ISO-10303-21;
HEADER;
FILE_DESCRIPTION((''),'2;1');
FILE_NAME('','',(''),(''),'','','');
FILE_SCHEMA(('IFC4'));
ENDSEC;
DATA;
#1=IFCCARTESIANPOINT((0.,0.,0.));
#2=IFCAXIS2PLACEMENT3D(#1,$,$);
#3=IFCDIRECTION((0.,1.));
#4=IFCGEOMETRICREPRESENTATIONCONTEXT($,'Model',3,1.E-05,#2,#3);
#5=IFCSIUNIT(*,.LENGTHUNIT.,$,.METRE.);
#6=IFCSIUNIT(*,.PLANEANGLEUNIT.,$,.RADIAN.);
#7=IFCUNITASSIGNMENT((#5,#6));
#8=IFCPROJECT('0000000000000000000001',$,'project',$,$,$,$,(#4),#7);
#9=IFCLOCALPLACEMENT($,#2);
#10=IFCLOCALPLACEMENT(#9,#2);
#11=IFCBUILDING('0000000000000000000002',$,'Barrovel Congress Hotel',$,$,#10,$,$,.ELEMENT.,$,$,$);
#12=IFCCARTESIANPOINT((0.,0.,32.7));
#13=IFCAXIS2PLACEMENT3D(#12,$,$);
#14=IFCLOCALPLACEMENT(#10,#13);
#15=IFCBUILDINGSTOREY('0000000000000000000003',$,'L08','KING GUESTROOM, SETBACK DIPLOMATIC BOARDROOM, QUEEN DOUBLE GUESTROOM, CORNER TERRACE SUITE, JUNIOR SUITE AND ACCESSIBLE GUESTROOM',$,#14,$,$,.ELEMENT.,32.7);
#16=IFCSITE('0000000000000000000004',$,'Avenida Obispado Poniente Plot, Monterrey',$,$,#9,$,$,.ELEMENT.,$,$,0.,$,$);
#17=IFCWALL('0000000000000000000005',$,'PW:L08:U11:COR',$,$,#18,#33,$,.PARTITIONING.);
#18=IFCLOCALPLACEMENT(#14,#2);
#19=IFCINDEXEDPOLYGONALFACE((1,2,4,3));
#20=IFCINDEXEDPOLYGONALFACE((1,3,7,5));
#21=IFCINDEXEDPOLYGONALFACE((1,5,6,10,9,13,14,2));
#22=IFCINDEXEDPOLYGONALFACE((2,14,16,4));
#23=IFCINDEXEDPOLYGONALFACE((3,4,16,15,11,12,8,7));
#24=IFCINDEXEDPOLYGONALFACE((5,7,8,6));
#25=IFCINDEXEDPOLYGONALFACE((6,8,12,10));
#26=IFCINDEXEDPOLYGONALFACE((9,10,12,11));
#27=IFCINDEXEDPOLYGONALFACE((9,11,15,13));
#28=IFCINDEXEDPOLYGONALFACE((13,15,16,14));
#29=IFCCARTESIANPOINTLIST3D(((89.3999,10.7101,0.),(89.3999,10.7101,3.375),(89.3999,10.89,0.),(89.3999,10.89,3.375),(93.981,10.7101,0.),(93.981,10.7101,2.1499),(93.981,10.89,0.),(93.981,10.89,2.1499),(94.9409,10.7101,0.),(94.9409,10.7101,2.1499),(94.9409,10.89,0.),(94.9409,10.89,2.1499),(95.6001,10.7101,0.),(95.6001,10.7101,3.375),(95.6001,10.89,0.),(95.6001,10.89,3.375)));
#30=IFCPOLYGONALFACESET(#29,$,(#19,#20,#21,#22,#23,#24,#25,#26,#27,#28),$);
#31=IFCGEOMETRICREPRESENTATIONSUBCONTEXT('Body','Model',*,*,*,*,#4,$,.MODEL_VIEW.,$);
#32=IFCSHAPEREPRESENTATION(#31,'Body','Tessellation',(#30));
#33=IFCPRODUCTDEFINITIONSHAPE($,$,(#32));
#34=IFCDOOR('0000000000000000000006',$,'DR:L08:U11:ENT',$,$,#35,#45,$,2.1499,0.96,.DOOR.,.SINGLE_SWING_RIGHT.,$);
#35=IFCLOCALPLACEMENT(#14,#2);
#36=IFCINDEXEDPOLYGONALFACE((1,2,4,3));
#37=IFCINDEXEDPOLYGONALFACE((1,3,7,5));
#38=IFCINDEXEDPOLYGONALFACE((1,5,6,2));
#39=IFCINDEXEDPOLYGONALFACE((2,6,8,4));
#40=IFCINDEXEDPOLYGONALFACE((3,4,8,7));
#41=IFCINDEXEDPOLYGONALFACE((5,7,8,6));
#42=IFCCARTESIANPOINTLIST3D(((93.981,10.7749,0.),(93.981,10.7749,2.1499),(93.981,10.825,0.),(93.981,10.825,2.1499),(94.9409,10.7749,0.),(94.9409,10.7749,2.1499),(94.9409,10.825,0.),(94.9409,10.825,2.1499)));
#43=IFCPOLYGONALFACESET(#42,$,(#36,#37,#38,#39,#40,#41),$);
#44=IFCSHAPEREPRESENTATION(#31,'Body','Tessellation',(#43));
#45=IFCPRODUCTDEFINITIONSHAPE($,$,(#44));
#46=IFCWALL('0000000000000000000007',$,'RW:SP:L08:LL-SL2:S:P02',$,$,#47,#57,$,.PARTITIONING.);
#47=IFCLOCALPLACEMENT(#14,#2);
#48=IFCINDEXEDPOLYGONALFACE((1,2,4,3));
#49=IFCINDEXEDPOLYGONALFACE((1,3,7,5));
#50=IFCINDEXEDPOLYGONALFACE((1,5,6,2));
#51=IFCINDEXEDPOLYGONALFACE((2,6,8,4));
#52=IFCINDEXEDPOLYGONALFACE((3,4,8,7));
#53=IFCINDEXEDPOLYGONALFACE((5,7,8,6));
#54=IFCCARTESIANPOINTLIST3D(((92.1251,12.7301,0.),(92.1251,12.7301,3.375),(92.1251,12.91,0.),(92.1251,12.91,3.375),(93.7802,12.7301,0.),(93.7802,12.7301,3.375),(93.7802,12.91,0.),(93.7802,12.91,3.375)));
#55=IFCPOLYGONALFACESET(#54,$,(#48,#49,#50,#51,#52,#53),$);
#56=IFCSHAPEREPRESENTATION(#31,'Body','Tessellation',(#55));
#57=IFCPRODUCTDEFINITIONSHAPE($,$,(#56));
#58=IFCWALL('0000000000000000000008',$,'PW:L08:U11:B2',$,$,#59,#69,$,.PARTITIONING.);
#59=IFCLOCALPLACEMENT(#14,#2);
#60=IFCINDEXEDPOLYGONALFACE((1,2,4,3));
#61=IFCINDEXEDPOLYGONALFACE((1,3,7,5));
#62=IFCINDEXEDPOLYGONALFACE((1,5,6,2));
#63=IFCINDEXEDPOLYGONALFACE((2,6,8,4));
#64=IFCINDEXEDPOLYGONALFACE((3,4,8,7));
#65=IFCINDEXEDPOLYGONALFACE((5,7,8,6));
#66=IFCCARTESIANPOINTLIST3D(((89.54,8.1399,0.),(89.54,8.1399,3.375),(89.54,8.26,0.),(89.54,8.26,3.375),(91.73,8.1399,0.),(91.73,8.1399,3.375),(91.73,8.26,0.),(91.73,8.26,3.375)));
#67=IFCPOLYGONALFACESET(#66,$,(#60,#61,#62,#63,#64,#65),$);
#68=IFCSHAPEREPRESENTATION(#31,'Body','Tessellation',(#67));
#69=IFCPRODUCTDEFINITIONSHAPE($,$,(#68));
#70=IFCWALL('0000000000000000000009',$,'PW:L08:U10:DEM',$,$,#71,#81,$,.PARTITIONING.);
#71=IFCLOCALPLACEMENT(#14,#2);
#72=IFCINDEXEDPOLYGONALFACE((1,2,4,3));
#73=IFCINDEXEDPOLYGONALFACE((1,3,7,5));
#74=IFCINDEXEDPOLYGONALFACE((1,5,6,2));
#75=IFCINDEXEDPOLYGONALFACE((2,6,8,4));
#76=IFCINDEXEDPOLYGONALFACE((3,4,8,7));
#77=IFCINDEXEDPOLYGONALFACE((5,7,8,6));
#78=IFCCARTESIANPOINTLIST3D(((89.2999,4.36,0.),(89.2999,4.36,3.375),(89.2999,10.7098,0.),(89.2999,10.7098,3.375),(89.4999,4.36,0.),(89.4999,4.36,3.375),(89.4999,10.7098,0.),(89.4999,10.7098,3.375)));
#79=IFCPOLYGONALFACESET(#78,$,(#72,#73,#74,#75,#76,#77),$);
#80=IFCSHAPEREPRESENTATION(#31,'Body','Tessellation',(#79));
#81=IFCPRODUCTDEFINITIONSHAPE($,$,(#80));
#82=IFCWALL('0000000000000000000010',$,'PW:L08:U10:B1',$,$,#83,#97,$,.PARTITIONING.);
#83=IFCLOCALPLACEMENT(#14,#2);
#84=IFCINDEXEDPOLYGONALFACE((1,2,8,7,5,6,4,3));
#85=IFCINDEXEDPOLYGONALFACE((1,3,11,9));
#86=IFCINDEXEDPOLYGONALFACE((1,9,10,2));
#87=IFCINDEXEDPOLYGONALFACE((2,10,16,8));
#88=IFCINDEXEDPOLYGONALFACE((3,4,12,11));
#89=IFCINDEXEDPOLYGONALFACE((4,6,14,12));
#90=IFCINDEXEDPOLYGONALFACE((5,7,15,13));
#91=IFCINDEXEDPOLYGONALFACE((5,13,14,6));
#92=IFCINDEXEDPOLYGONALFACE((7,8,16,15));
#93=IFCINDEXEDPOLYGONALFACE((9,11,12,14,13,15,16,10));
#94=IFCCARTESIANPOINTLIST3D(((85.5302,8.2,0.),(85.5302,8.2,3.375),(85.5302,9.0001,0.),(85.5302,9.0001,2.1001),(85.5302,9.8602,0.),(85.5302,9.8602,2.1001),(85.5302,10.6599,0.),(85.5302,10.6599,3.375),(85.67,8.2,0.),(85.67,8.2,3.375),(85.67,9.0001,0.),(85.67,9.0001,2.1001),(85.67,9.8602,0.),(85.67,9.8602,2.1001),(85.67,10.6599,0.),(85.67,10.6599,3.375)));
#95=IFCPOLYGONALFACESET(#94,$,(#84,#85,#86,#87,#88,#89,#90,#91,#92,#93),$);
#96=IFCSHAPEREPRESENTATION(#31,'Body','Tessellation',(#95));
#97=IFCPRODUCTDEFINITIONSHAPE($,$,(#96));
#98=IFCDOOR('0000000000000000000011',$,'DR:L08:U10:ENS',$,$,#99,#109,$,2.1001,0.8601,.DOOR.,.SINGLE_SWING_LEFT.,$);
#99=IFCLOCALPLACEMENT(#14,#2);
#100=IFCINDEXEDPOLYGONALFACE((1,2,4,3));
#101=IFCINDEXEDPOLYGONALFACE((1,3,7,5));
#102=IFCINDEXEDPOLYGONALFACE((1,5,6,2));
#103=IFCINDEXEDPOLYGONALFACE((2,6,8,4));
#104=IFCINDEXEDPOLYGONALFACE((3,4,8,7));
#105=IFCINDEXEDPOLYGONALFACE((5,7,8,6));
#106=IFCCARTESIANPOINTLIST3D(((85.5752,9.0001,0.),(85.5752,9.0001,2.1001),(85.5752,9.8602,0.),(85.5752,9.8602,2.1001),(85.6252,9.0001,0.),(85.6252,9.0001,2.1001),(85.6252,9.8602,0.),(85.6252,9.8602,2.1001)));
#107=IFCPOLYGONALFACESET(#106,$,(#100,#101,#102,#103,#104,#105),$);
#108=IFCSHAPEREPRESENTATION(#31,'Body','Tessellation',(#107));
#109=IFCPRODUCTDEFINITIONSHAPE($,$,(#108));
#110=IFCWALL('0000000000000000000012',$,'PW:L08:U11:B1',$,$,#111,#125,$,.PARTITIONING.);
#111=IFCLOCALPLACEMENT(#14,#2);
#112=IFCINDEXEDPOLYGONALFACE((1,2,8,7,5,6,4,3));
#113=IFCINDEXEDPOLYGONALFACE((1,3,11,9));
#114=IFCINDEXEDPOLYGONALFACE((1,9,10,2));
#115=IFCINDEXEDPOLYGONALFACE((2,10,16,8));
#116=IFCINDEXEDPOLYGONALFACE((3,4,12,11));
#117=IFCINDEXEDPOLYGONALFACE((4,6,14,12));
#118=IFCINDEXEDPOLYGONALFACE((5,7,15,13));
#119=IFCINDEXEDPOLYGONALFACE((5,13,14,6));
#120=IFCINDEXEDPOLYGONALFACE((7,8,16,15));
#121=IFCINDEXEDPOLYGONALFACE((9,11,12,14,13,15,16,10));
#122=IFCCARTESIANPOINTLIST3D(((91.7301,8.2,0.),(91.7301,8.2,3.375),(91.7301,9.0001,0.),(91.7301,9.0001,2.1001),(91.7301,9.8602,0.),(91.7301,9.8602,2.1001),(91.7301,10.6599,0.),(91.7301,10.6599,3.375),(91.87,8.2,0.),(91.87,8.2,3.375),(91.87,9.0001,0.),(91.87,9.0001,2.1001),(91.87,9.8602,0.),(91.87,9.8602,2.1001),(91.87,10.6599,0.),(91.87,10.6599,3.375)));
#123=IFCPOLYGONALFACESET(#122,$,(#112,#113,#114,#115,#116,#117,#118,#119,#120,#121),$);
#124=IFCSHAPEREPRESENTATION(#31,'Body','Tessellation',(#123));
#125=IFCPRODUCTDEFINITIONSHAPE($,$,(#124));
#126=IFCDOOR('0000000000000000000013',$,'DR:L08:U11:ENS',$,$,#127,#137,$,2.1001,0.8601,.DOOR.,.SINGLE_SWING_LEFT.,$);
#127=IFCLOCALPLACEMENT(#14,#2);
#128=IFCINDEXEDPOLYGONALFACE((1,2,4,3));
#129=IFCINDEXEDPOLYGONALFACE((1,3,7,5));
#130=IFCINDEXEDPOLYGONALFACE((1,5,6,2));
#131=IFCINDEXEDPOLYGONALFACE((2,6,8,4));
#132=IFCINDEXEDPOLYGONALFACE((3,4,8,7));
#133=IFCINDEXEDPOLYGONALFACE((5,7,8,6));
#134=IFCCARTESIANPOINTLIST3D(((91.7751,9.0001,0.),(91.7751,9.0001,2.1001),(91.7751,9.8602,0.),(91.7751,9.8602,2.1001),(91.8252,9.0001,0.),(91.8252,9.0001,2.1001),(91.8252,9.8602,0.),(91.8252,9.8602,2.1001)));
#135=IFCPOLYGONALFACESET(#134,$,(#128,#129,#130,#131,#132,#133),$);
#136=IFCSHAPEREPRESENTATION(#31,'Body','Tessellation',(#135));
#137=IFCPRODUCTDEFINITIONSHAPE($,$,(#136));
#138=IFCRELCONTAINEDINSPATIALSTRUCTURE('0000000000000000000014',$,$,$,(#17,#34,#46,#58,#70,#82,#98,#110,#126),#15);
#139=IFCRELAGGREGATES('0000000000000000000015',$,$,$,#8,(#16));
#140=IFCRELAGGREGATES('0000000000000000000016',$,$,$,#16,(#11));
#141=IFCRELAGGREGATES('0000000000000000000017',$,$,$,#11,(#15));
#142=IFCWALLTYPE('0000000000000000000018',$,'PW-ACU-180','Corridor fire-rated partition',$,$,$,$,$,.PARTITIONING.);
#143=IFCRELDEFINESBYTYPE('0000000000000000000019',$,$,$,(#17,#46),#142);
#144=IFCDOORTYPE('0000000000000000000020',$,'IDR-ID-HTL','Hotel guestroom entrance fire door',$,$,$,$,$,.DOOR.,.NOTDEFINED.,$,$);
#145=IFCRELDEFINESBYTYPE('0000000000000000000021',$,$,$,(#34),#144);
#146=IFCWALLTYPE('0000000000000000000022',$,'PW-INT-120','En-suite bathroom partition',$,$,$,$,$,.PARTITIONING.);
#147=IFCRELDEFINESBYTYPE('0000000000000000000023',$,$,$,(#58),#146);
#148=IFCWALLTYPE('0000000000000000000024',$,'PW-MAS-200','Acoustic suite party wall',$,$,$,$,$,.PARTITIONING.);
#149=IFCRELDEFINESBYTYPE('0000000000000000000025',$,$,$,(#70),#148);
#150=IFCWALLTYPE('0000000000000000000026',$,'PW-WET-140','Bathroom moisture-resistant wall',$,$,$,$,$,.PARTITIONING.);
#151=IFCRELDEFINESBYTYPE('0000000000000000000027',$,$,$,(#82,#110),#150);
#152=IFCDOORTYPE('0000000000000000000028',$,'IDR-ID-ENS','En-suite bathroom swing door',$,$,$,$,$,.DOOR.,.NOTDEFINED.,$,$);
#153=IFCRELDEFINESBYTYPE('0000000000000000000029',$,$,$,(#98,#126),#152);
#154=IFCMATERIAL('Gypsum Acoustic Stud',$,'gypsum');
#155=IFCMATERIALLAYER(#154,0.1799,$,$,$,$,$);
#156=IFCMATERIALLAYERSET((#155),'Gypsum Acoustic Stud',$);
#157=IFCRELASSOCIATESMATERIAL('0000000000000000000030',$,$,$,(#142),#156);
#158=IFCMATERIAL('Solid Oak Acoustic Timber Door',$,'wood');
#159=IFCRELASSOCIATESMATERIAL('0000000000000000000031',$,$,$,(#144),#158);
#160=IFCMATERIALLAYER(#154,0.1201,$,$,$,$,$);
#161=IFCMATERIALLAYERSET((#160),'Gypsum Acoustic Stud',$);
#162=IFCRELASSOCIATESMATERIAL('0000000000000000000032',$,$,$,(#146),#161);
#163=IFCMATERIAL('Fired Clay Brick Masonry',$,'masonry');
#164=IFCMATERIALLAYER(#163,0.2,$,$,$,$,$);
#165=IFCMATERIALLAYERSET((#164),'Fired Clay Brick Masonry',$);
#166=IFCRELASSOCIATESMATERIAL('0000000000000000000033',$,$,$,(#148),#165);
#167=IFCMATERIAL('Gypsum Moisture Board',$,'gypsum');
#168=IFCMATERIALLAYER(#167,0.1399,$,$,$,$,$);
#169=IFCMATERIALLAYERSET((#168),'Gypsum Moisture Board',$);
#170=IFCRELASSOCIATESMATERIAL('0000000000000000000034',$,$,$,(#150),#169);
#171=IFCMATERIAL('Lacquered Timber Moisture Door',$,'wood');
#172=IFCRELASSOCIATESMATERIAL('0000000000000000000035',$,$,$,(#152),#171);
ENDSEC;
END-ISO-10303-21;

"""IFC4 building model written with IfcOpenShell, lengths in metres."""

from ifc_helpers import new_model, si_unit, direction, frame, frame_2d, origin, place, context, subcontext, project, spatial, rectangle, extrude, material, layer, layer_set, type_object, element, fill, save


model = new_model("IFC4")

# Units and contexts
model_context = context("Model", 3, precision=1e-05, world=origin(), true_north=direction((0.0, 1.0)))
body_context = subcontext(model_context, "Body", "Model", "MODEL_VIEW")
ifc_project = project(units=[si_unit("LENGTHUNIT", "METRE"), si_unit("PLANEANGLEUNIT", "RADIAN")], contexts=[model_context])

# Site, building, storey
site_placement = place(None, origin())
site = spatial("IfcSite", under=ifc_project, at=site_placement, Name="Avenida Obispado Poniente Plot, Monterrey", CompositionType="ELEMENT", RefElevation=0.0)
building_placement = place(site_placement, origin())
building = spatial("IfcBuilding", under=site, at=building_placement, Name="Barrovel Congress Hotel", CompositionType="ELEMENT")
storey_placement = place(building_placement, frame((0.0, 0.0, 32.7)))
storey = spatial("IfcBuildingStorey", under=building, at=storey_placement, Name="L08", Description="KING GUESTROOM, SETBACK DIPLOMATIC BOARDROOM, QUEEN DOUBLE GUESTROOM, CORNER TERRACE SUITE, JUNIOR SUITE AND ACCESSIBLE GUESTROOM", CompositionType="ELEMENT", Elevation=32.7)

# Shared definitions
ifc_material_1 = material(Name="Fired Clay Brick Masonry", Category="masonry")

# Wall, opening, door
ifc_material_2 = material(Name="Gypsum Acoustic Stud", Category="gypsum")
ifc_layer_1 = layer(ifc_material_2, 0.1799)
ifc_layer_set_1 = layer_set([ifc_layer_1], Name="Gypsum Acoustic Stud")
wall_type_1 = type_object("IfcWallType", Name="PW-ACU-180", Description="Corridor fire-rated partition", PredefinedType="PARTITIONING", material=ifc_layer_set_1)
wall_1_placement = place(storey_placement, frame((89.3999, 10.8, 0.0), z_axis=(0.0, 0.0, 1.0), x_axis=(1.0, 0.0, 0.0)))
wall_1 = element("IfcWall", 1, at=wall_1_placement, inside=storey, type_object=wall_type_1, Name="PW:L08:U11:COR", PredefinedType="PARTITIONING", context=body_context, shape_type="SweptSolid", body=[
    extrude(rectangle(XDim=6.2002, YDim=0.1799, at=frame_2d((3.1001, 0.0))), origin(), (0.0, 0.0, 1.0), 3.375),
])
opening_1_placement = place(wall_1_placement, frame((4.5811, 0.0, 0.0)))
opening_1 = element("IfcOpeningElement", 2, at=opening_1_placement, cuts=wall_1, PredefinedType="OPENING", context=body_context, shape_type="SweptSolid", body=[
    extrude(rectangle(XDim=0.96, YDim=2.1499, at=frame_2d((0.48, 1.075))), frame((0.0, 0.1001, 0.0), z_axis=(0.0, -1.0, 0.0), x_axis=(1.0, 0.0, 0.0)), (0.0, 0.0, 1.0), 0.2),
])
ifc_material_3 = material(Name="Solid Oak Acoustic Timber Door", Category="wood")
door_type_1 = type_object("IfcDoorType", Name="IDR-ID-HTL", Description="Hotel guestroom entrance fire door", OperationType="NOTDEFINED", PredefinedType="DOOR", material=ifc_material_3)
door_1_placement = place(opening_1_placement, origin())
door_1 = element("IfcDoor", 3, at=door_1_placement, inside=storey, type_object=door_type_1, Name="DR:L08:U11:ENT", OperationType="SINGLE_SWING_RIGHT", OverallHeight=2.1499, OverallWidth=0.96, PredefinedType="DOOR", context=body_context, shape_type="SweptSolid", body=[
    extrude(rectangle(XDim=0.96, YDim=2.1499, at=frame_2d((0.48, 1.075))), frame((0.0, 0.0249, 0.0), z_axis=(0.0, -1.0, 0.0), x_axis=(1.0, 0.0, 0.0)), (0.0, 0.0, 1.0), 0.05),
])
fill(opening_1, door_1)

# Walls
wall_2_placement = place(storey_placement, frame((92.125, 12.8201, 0.0), z_axis=(0.0, 0.0, 1.0), x_axis=(1.0, 0.0, 0.0)))
element("IfcWall", 4, at=wall_2_placement, inside=storey, type_object=wall_type_1, Name="RW:SP:L08:LL-SL2:S:P02", PredefinedType="PARTITIONING", context=body_context, shape_type="SweptSolid", body=[
    extrude(rectangle(XDim=1.655, YDim=0.1799, at=frame_2d((0.8276, 0.0))), origin(), (0.0, 0.0, 1.0), 3.375),
])
ifc_layer_2 = layer(ifc_material_2, 0.1201)
ifc_layer_set_2 = layer_set([ifc_layer_2], Name="Gypsum Acoustic Stud")
wall_type_2 = type_object("IfcWallType", Name="PW-INT-120", Description="En-suite bathroom partition", PredefinedType="PARTITIONING", material=ifc_layer_set_2)
wall_3_placement = place(storey_placement, frame((89.54, 8.2, 0.0), z_axis=(0.0, 0.0, 1.0), x_axis=(1.0, 0.0, 0.0)))
element("IfcWall", 5, at=wall_3_placement, inside=storey, type_object=wall_type_2, Name="PW:L08:U11:B2", PredefinedType="PARTITIONING", context=body_context, shape_type="SweptSolid", body=[
    extrude(rectangle(XDim=2.1899, YDim=0.1201, at=frame_2d((1.095, 0.0))), origin(), (0.0, 0.0, 1.0), 3.375),
])
ifc_layer_3 = layer(ifc_material_1, 0.2)
ifc_layer_set_3 = layer_set([ifc_layer_3], Name="Fired Clay Brick Masonry")
wall_type_3 = type_object("IfcWallType", Name="PW-MAS-200", Description="Acoustic suite party wall", PredefinedType="PARTITIONING", material=ifc_layer_set_3)
wall_4_placement = place(storey_placement, frame((89.3999, 4.3601, 0.0), z_axis=(0.0, 0.0, 1.0), x_axis=(0.0, 1.0, 0.0)))
element("IfcWall", 6, at=wall_4_placement, inside=storey, type_object=wall_type_3, Name="PW:L08:U10:DEM", PredefinedType="PARTITIONING", context=body_context, shape_type="SweptSolid", body=[
    extrude(rectangle(XDim=6.3499, YDim=0.2, at=frame_2d((3.1748, 0.0))), origin(), (0.0, 0.0, 1.0), 3.375),
])

# Walls, openings, doors
ifc_material_4 = material(Name="Gypsum Moisture Board", Category="gypsum")
ifc_layer_4 = layer(ifc_material_4, 0.1399)
ifc_layer_set_4 = layer_set([ifc_layer_4], Name="Gypsum Moisture Board")
wall_type_4 = type_object("IfcWallType", Name="PW-WET-140", Description="Bathroom moisture-resistant wall", PredefinedType="PARTITIONING", material=ifc_layer_set_4)
wall_5_placement = place(storey_placement, frame((85.6001, 8.2, 0.0), z_axis=(0.0, 0.0, 1.0), x_axis=(0.0, 1.0, 0.0)))
wall_5 = element("IfcWall", 7, at=wall_5_placement, inside=storey, type_object=wall_type_4, Name="PW:L08:U10:B1", PredefinedType="PARTITIONING", context=body_context, shape_type="SweptSolid", body=[
    extrude(rectangle(XDim=2.46, YDim=0.1399, at=frame_2d((1.23, 0.0))), origin(), (0.0, 0.0, 1.0), 3.375),
])
opening_2_placement = place(wall_5_placement, frame((0.8, 0.0, 0.0)))
opening_2 = element("IfcOpeningElement", 8, at=opening_2_placement, cuts=wall_5, PredefinedType="OPENING", context=body_context, shape_type="SweptSolid", body=[
    extrude(rectangle(XDim=0.8601, YDim=2.1001, at=frame_2d((0.4302, 1.05))), frame((0.0, 0.0801, 0.0), z_axis=(0.0, -1.0, 0.0), x_axis=(1.0, 0.0, 0.0)), (0.0, 0.0, 1.0), 0.1599),
])
ifc_material_5 = material(Name="Lacquered Timber Moisture Door", Category="wood")
door_type_2 = type_object("IfcDoorType", Name="IDR-ID-ENS", Description="En-suite bathroom swing door", OperationType="NOTDEFINED", PredefinedType="DOOR", material=ifc_material_5)
door_2_placement = place(opening_2_placement, origin())
door_2 = element("IfcDoor", 9, at=door_2_placement, inside=storey, type_object=door_type_2, Name="DR:L08:U10:ENS", OperationType="SINGLE_SWING_LEFT", OverallHeight=2.1001, OverallWidth=0.8601, PredefinedType="DOOR", context=body_context, shape_type="SweptSolid", body=[
    extrude(rectangle(XDim=0.8601, YDim=2.1001, at=frame_2d((0.4302, 1.05))), frame((0.0, 0.0249, 0.0), z_axis=(0.0, -1.0, 0.0), x_axis=(1.0, 0.0, 0.0)), (0.0, 0.0, 1.0), 0.05),
])
fill(opening_2, door_2)
wall_6_placement = place(storey_placement, frame((91.8, 8.2, 0.0), z_axis=(0.0, 0.0, 1.0), x_axis=(0.0, 1.0, 0.0)))
wall_6 = element("IfcWall", 10, at=wall_6_placement, inside=storey, type_object=wall_type_4, Name="PW:L08:U11:B1", PredefinedType="PARTITIONING", context=body_context, shape_type="SweptSolid", body=[
    extrude(rectangle(XDim=2.46, YDim=0.1399, at=frame_2d((1.23, 0.0))), origin(), (0.0, 0.0, 1.0), 3.375),
])
opening_3_placement = place(wall_6_placement, frame((0.8, 0.0, 0.0)))
opening_3 = element("IfcOpeningElement", 11, at=opening_3_placement, cuts=wall_6, PredefinedType="OPENING", context=body_context, shape_type="SweptSolid", body=[
    extrude(rectangle(XDim=0.8601, YDim=2.1001, at=frame_2d((0.4302, 1.05))), frame((0.0, 0.0801, 0.0), z_axis=(0.0, -1.0, 0.0), x_axis=(1.0, 0.0, 0.0)), (0.0, 0.0, 1.0), 0.1599),
])
door_3_placement = place(opening_3_placement, origin())
door_3 = element("IfcDoor", 12, at=door_3_placement, inside=storey, type_object=door_type_2, Name="DR:L08:U11:ENS", OperationType="SINGLE_SWING_LEFT", OverallHeight=2.1001, OverallWidth=0.8601, PredefinedType="DOOR", context=body_context, shape_type="SweptSolid", body=[
    extrude(rectangle(XDim=0.8601, YDim=2.1001, at=frame_2d((0.4302, 1.05))), frame((0.0, 0.0249, 0.0), z_axis=(0.0, -1.0, 0.0), x_axis=(1.0, 0.0, 0.0)), (0.0, 0.0, 1.0), 0.05),
])
fill(opening_3, door_3)

save(model, "model.ifc")
